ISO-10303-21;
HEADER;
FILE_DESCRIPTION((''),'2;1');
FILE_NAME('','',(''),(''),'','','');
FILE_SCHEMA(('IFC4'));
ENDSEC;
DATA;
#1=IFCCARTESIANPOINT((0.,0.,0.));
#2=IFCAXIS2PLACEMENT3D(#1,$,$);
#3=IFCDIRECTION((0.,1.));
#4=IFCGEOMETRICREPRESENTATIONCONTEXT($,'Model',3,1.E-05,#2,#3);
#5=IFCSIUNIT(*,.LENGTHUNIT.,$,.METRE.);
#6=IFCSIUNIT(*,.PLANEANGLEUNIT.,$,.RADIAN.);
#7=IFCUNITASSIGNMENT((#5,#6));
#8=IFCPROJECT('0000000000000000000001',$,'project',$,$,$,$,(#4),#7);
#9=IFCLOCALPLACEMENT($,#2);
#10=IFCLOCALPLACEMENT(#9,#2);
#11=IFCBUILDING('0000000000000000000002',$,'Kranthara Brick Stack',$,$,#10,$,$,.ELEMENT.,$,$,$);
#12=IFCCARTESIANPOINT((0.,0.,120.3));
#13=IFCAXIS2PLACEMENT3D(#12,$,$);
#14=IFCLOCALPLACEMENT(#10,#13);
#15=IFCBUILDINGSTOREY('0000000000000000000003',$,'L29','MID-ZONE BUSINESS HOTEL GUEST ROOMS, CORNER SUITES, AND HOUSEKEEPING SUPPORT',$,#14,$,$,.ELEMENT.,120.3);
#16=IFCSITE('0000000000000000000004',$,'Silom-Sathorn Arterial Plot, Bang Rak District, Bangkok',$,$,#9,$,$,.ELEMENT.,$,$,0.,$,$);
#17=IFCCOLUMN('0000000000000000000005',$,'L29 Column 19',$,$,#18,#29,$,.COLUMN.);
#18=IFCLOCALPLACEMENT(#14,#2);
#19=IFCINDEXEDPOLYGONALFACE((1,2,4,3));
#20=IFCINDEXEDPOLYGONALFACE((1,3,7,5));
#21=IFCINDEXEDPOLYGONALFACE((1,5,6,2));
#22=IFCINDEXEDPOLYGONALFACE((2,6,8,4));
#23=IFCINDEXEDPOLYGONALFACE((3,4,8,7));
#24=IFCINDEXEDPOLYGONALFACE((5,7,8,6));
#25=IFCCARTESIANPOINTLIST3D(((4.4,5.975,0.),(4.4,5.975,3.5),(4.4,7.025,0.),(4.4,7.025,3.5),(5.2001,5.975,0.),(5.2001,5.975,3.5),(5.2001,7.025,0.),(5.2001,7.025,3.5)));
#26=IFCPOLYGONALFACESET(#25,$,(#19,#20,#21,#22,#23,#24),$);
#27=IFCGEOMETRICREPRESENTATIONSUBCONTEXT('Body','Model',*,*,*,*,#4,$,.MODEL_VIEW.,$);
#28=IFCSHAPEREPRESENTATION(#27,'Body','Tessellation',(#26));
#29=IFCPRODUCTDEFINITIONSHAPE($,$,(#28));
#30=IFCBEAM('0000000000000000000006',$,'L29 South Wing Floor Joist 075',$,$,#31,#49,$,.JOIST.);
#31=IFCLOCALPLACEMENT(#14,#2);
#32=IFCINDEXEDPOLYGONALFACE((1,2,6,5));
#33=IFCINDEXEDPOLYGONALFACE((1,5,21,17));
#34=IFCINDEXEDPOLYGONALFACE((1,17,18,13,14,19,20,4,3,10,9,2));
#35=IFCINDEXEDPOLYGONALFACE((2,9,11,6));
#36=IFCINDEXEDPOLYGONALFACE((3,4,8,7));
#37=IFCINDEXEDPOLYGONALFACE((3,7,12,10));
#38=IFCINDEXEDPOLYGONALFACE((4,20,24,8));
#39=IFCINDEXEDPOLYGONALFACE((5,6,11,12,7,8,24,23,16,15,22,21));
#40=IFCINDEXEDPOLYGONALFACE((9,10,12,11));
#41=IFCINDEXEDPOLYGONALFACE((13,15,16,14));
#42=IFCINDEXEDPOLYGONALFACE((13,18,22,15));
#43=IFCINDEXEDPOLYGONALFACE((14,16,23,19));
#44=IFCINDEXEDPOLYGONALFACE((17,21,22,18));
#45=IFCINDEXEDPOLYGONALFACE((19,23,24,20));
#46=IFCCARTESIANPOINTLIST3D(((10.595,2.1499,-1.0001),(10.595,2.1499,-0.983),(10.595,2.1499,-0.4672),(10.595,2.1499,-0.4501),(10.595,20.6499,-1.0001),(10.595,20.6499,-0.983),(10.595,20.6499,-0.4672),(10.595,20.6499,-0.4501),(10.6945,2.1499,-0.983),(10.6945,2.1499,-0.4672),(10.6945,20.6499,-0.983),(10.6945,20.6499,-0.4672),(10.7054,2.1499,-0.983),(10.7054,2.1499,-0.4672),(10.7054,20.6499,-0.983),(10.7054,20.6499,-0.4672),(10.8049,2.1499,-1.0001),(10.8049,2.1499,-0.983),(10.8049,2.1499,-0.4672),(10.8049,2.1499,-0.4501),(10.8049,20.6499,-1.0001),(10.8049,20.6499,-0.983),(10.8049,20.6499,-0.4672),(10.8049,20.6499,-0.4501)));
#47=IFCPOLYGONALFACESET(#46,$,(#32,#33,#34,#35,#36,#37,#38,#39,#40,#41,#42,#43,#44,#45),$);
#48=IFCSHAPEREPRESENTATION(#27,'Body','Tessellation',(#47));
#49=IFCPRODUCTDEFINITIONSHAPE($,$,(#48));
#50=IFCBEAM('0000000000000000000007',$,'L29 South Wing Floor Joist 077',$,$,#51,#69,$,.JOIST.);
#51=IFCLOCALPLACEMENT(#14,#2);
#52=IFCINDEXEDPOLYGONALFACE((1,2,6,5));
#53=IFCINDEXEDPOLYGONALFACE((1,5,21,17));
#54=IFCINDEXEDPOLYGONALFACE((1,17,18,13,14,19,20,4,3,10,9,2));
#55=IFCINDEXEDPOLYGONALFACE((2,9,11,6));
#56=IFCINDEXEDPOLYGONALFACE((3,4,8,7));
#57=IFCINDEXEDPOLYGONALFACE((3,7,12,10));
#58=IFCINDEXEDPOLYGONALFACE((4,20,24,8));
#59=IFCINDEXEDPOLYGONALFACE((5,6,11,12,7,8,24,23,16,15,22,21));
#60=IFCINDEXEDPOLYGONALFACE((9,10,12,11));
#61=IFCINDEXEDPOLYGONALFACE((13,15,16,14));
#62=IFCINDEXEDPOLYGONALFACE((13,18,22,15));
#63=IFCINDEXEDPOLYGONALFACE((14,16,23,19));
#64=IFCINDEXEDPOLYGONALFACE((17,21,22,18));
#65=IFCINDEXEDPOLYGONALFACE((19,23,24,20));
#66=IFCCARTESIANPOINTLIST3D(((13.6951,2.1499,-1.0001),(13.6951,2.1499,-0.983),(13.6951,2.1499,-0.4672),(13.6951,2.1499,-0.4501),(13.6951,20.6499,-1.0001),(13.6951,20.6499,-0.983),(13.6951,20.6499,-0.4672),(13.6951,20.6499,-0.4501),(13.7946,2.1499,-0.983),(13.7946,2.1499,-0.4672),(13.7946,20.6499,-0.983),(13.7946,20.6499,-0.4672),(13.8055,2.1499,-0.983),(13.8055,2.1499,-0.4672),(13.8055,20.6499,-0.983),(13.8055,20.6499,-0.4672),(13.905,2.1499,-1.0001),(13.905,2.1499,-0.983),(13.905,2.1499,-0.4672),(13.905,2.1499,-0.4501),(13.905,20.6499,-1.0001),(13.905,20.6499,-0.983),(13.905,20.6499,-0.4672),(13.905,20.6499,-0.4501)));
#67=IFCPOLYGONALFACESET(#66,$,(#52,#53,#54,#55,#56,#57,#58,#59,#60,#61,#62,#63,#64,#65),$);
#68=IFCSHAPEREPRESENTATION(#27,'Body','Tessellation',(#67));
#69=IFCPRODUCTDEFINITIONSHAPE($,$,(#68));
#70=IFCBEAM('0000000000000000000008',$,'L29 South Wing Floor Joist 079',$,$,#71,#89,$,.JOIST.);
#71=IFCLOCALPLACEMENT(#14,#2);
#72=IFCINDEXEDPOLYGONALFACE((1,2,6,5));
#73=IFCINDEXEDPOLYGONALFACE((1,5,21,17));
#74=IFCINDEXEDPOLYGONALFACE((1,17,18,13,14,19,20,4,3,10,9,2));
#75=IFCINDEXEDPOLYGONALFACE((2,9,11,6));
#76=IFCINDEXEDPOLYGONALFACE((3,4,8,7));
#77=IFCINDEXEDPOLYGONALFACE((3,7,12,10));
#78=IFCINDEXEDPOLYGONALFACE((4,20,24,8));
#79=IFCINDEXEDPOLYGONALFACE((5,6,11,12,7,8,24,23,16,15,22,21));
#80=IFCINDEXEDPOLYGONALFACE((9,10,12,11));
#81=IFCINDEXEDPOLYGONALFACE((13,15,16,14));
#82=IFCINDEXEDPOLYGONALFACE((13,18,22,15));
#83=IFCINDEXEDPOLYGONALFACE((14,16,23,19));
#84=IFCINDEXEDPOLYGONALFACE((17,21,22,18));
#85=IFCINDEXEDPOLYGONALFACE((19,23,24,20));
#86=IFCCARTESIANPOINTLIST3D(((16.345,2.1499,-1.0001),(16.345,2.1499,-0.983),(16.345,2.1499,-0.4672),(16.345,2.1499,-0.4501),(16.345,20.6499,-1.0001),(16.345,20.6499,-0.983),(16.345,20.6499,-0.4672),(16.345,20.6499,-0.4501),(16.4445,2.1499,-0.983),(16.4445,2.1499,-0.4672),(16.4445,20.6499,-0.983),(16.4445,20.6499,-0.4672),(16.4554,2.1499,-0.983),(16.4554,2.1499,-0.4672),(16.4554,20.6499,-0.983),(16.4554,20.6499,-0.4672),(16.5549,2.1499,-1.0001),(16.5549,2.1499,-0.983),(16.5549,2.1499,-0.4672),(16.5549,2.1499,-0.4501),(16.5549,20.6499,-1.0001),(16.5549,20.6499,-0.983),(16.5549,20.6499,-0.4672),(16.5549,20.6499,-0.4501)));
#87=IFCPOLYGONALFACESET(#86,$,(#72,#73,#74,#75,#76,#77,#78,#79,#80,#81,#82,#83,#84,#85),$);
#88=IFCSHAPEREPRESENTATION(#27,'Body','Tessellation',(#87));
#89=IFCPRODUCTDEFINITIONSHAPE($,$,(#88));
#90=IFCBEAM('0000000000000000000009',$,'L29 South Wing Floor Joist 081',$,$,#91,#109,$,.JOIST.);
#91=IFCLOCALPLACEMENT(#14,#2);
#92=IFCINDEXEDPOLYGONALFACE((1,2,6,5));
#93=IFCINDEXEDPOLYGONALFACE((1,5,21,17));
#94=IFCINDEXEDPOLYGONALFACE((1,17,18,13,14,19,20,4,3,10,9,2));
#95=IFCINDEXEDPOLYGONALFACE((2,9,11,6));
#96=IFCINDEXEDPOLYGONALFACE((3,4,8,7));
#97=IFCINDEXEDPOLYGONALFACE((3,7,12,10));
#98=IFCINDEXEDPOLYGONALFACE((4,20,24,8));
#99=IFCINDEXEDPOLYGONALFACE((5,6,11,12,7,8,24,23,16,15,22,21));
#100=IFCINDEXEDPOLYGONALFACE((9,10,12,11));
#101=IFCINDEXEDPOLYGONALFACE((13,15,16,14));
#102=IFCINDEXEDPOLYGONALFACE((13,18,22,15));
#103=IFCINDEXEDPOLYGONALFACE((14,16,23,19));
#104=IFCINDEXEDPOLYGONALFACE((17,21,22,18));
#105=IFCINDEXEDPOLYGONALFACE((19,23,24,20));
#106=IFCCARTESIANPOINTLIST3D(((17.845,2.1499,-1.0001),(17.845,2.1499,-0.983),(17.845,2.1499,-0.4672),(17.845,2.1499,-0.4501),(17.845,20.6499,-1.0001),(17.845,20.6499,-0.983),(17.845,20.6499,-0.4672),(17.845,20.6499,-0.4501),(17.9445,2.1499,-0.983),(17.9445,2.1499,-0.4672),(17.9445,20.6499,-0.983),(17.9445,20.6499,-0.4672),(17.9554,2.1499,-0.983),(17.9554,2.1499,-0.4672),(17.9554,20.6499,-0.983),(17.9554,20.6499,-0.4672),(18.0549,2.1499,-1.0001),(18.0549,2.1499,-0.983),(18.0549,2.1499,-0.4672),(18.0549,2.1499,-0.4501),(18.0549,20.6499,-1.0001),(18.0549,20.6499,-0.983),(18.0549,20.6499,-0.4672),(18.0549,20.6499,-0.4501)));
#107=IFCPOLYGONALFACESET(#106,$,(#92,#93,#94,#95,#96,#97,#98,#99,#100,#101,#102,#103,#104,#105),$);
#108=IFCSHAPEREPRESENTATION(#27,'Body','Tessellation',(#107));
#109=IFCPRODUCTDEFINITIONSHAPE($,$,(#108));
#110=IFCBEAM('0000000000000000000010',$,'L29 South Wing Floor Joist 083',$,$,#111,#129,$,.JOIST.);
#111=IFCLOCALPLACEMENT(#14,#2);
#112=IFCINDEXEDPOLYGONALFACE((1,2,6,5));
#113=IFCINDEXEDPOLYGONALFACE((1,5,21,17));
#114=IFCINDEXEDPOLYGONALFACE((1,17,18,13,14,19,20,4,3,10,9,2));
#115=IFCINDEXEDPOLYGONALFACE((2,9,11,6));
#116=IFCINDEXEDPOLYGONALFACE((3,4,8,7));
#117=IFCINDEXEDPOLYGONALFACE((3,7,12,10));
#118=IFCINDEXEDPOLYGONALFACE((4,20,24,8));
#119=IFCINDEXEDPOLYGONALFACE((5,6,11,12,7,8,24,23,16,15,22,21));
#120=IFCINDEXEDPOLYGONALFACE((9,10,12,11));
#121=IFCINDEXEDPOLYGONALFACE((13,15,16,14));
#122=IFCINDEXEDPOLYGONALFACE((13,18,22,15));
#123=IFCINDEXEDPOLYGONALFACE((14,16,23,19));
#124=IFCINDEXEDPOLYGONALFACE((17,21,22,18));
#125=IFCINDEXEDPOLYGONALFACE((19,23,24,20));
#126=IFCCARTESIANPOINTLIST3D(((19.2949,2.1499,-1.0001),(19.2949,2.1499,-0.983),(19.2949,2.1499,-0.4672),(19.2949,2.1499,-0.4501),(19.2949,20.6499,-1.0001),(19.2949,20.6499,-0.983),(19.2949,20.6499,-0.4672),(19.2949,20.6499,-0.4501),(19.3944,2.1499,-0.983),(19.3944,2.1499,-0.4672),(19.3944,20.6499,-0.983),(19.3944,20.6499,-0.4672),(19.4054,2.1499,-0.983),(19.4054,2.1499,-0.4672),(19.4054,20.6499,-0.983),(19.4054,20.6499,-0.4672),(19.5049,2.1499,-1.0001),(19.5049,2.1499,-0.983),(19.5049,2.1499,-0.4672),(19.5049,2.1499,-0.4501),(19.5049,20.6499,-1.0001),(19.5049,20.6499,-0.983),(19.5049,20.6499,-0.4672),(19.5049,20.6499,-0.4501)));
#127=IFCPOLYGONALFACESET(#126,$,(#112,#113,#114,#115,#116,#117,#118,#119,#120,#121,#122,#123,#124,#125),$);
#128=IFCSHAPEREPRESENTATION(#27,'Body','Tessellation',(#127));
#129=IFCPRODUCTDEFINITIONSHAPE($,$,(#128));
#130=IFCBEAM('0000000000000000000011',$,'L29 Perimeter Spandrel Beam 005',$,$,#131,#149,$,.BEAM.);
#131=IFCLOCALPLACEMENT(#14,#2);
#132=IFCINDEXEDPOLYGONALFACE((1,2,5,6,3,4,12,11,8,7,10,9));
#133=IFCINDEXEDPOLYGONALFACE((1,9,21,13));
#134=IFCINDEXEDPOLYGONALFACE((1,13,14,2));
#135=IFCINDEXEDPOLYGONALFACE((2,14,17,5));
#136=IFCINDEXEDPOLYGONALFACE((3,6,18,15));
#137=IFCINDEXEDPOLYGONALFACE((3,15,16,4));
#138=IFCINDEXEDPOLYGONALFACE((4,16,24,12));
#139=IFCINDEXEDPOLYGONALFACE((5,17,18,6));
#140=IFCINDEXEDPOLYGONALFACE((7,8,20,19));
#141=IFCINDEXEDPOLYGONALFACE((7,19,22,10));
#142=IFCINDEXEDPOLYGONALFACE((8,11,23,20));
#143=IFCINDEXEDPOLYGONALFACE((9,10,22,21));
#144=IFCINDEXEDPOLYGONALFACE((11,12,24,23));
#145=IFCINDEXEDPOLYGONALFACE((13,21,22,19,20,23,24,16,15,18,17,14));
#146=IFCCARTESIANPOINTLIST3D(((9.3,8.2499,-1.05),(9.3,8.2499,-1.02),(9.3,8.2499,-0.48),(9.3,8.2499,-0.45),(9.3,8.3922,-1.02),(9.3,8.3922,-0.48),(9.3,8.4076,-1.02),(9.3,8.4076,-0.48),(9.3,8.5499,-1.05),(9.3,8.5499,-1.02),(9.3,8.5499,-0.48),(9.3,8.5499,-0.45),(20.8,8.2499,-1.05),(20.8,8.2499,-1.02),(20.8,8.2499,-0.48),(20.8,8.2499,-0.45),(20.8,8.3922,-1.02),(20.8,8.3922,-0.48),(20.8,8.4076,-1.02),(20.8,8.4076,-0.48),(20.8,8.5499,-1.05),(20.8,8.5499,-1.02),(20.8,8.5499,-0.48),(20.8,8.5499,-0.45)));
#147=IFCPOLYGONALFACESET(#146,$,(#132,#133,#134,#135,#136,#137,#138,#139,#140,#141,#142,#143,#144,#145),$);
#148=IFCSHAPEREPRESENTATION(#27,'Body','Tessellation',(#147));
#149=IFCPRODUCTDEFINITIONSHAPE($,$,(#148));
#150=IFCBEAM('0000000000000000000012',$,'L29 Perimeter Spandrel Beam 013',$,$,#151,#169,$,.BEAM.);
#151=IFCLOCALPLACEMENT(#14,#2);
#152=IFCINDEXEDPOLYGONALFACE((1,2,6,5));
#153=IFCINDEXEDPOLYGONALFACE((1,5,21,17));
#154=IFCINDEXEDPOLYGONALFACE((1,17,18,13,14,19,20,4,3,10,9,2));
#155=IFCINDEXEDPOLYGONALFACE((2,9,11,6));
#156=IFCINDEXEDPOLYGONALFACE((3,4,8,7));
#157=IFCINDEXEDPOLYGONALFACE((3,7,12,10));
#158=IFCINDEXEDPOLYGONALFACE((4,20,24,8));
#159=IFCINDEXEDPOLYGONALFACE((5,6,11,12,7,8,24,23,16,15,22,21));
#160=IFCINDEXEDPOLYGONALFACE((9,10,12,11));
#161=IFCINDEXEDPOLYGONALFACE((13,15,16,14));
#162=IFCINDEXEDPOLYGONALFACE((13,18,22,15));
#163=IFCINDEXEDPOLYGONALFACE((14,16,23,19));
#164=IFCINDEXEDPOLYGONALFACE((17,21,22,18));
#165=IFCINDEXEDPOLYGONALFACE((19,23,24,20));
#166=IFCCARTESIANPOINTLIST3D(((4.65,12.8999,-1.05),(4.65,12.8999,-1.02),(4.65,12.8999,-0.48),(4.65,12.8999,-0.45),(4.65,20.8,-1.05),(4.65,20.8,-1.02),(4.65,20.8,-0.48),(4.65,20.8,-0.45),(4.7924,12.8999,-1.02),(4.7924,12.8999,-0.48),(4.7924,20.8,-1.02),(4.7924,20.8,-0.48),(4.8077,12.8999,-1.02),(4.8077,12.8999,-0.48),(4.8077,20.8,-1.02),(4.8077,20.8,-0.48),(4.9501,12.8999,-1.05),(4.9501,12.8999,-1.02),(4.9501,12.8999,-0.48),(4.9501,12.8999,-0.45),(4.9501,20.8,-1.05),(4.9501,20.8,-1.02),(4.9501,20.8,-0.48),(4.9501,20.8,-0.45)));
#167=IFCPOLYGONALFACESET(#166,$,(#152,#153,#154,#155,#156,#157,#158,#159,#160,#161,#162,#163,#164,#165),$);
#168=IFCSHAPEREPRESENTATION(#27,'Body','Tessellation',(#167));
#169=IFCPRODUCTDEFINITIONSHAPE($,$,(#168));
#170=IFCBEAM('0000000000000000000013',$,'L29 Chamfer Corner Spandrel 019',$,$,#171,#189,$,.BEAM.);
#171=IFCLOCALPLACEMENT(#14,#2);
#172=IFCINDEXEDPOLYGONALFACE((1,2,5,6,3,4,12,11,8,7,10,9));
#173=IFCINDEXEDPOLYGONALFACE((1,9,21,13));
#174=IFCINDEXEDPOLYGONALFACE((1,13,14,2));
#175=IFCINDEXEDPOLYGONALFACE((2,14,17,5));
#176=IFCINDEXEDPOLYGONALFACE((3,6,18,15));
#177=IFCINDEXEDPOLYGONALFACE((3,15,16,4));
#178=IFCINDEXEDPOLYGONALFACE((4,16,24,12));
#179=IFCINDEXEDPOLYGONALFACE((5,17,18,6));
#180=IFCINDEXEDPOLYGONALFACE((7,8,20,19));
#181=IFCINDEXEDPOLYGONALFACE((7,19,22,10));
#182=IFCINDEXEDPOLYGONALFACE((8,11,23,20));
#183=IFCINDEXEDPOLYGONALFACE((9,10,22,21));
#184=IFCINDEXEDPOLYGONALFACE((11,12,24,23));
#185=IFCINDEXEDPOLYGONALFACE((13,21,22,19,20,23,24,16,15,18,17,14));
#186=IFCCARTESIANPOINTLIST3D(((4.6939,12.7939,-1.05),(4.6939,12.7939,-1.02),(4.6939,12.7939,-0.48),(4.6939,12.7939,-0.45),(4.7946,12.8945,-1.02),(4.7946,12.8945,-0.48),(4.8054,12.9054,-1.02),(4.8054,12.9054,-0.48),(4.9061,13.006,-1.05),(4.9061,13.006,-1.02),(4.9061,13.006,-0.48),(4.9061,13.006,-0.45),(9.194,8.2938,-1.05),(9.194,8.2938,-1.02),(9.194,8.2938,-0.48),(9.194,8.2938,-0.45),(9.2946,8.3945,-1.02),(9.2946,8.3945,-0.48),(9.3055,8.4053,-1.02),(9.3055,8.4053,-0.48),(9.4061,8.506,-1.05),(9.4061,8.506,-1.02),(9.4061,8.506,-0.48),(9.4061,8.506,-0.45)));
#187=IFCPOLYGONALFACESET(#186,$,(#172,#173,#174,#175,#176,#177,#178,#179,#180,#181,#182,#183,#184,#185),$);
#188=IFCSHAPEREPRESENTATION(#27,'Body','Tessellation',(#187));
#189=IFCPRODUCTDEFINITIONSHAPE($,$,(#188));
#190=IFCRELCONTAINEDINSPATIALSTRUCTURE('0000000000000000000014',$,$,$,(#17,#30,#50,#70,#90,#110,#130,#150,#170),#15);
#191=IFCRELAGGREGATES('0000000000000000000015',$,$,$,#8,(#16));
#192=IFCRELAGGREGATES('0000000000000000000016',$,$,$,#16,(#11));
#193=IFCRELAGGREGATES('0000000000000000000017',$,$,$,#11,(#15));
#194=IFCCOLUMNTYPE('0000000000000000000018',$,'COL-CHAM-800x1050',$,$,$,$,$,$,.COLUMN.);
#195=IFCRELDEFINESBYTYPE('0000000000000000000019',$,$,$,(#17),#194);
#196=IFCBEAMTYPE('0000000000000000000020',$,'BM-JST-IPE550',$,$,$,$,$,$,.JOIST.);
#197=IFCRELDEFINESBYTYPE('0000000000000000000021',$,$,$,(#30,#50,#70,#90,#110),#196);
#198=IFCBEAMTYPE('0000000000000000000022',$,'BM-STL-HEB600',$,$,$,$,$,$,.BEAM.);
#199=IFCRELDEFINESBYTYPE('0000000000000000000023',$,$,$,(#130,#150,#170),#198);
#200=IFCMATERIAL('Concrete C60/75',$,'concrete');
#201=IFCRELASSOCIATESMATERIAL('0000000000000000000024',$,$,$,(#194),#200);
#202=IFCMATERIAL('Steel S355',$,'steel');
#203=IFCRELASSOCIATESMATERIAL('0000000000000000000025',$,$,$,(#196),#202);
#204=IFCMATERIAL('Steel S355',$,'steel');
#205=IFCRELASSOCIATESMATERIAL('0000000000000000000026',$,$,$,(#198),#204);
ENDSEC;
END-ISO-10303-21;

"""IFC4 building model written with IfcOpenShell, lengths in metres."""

from ifc_helpers import new_model, si_unit, direction, frame, origin, origin_2d, place, context, subcontext, project, spatial, rectangle, i_section, extrude, material, material_profile, profile_set, type_object, element, save


model = new_model("IFC4")

# Units and contexts
model_context = context("Model", 3, precision=1e-05, world=origin(), true_north=direction((0.0, 1.0)))
body_context = subcontext(model_context, "Body", "Model", "MODEL_VIEW")
ifc_project = project(units=[si_unit("LENGTHUNIT", "METRE"), si_unit("PLANEANGLEUNIT", "RADIAN")], contexts=[model_context])

# Site, building, storey
site_placement = place(None, origin())
site = spatial("IfcSite", under=ifc_project, at=site_placement, Name="Silom-Sathorn Arterial Plot, Bang Rak District, Bangkok", CompositionType="ELEMENT", RefElevation=0.0)
building_placement = place(site_placement, origin())
building = spatial("IfcBuilding", under=site, at=building_placement, Name="Kranthara Brick Stack", CompositionType="ELEMENT")
storey_placement = place(building_placement, frame((0.0, 0.0, 120.3)))
storey = spatial("IfcBuildingStorey", under=building, at=storey_placement, Name="L29", Description="MID-ZONE BUSINESS HOTEL GUEST ROOMS, CORNER SUITES, AND HOUSEKEEPING SUPPORT", CompositionType="ELEMENT", Elevation=120.3)

# Column
ifc_material_1 = material(Name="Concrete C60/75", Category="concrete")
ifc_material_profile_1 = material_profile(ifc_material_1, rectangle(XDim=0.8, YDim=1.05, at=origin_2d()), Name="RC 800x1050")
ifc_profile_set_1 = profile_set([ifc_material_profile_1], Name="Concrete C60/75")
column_type = type_object("IfcColumnType", Name="COL-CHAM-800x1050", PredefinedType="COLUMN", material=ifc_profile_set_1)
column_placement = place(storey_placement, frame((4.8, 6.5, 0.0), z_axis=(0.0, 0.0, 1.0), x_axis=(1.0, 0.0, 0.0)))
element("IfcColumn", 1, at=column_placement, inside=storey, type_object=column_type, Name="L29 Column 19", PredefinedType="COLUMN", context=body_context, shape_type="SweptSolid", body=[
    extrude(rectangle(XDim=0.8, YDim=1.05, at=origin_2d()), origin(), (0.0, 0.0, 1.0), 3.5),
])

# Beams
ifc_material_2 = material(Name="Steel S355", Category="steel")
ifc_material_profile_2 = material_profile(ifc_material_2, i_section(OverallWidth=0.21, OverallDepth=0.55, WebThickness=0.011, FlangeThickness=0.0171, at=origin_2d()), Name="IPE 550")
ifc_profile_set_2 = profile_set([ifc_material_profile_2], Name="Steel S355")
beam_type_1 = type_object("IfcBeamType", Name="BM-JST-IPE550", PredefinedType="JOIST", material=ifc_profile_set_2)
for number, where, z_axis, x_axis, name in (
    (2, (10.7, 2.1499, -0.7251), (0.0, 1.0, 0.0), (-1.0, 0.0, 0.0), "L29 South Wing Floor Joist 075"),
    (3, (13.8, 2.1499, -0.7251), (0.0, 1.0, 0.0), (-1.0, 0.0, 0.0), "L29 South Wing Floor Joist 077"),
    (4, (16.45, 2.1499, -0.7251), (0.0, 1.0, 0.0), (-1.0, 0.0, 0.0), "L29 South Wing Floor Joist 079"),
    (5, (17.95, 2.1499, -0.7251), (0.0, 1.0, 0.0), (-1.0, 0.0, 0.0), "L29 South Wing Floor Joist 081"),
    (6, (19.3999, 2.1499, -0.7251), (0.0, 1.0, 0.0), (-1.0, 0.0, 0.0), "L29 South Wing Floor Joist 083"),
):
    element("IfcBeam", number, at=place(storey_placement, frame(where, z_axis=z_axis, x_axis=x_axis)), inside=storey, type_object=beam_type_1, Name=name, PredefinedType="JOIST", context=body_context, shape_type="SweptSolid", body=[
        extrude(i_section(OverallWidth=0.21, OverallDepth=0.55, WebThickness=0.011, FlangeThickness=0.0171, at=origin_2d()), origin(), (0.0, 0.0, 1.0), 18.5),
    ])
ifc_material_3 = material(Name="Steel S355", Category="steel")
ifc_material_profile_3 = material_profile(ifc_material_3, i_section(OverallWidth=0.3, OverallDepth=0.6001, WebThickness=0.0154, FlangeThickness=0.03, at=origin_2d()), Name="HEB 600")
ifc_profile_set_3 = profile_set([ifc_material_profile_3], Name="Steel S355")
beam_type_2 = type_object("IfcBeamType", Name="BM-STL-HEB600", PredefinedType="BEAM", material=ifc_profile_set_3)
beam_1_placement = place(storey_placement, frame((9.3, 8.3999, -0.75), z_axis=(1.0, 0.0, 0.0), x_axis=(0.0, 1.0, 0.0)))
element("IfcBeam", 7, at=beam_1_placement, inside=storey, type_object=beam_type_2, Name="L29 Perimeter Spandrel Beam 005", PredefinedType="BEAM", context=body_context, shape_type="SweptSolid", body=[
    extrude(i_section(OverallWidth=0.3, OverallDepth=0.6001, WebThickness=0.0154, FlangeThickness=0.03, at=origin_2d()), origin(), (0.0, 0.0, 1.0), 11.5),
])
beam_2_placement = place(storey_placement, frame((4.8, 12.8999, -0.75), z_axis=(0.0, 1.0, 0.0), x_axis=(-1.0, 0.0, 0.0)))
element("IfcBeam", 8, at=beam_2_placement, inside=storey, type_object=beam_type_2, Name="L29 Perimeter Spandrel Beam 013", PredefinedType="BEAM", context=body_context, shape_type="SweptSolid", body=[
    extrude(i_section(OverallWidth=0.3, OverallDepth=0.6001, WebThickness=0.0154, FlangeThickness=0.03, at=origin_2d()), origin(), (0.0, 0.0, 1.0), 7.9001),
])
beam_3_placement = place(storey_placement, frame((9.3, 8.3999, -0.75), z_axis=(-0.707107, 0.707107, 0.0), x_axis=(-0.707107, -0.707107, 0.0)))
element("IfcBeam", 9, at=beam_3_placement, inside=storey, type_object=beam_type_2, Name="L29 Chamfer Corner Spandrel 019", PredefinedType="BEAM", context=body_context, shape_type="SweptSolid", body=[
    extrude(i_section(OverallWidth=0.3, OverallDepth=0.6001, WebThickness=0.0154, FlangeThickness=0.03, at=origin_2d()), origin(), (0.0, 0.0, 1.0), 6.364),
])

save(model, "model.ifc")
